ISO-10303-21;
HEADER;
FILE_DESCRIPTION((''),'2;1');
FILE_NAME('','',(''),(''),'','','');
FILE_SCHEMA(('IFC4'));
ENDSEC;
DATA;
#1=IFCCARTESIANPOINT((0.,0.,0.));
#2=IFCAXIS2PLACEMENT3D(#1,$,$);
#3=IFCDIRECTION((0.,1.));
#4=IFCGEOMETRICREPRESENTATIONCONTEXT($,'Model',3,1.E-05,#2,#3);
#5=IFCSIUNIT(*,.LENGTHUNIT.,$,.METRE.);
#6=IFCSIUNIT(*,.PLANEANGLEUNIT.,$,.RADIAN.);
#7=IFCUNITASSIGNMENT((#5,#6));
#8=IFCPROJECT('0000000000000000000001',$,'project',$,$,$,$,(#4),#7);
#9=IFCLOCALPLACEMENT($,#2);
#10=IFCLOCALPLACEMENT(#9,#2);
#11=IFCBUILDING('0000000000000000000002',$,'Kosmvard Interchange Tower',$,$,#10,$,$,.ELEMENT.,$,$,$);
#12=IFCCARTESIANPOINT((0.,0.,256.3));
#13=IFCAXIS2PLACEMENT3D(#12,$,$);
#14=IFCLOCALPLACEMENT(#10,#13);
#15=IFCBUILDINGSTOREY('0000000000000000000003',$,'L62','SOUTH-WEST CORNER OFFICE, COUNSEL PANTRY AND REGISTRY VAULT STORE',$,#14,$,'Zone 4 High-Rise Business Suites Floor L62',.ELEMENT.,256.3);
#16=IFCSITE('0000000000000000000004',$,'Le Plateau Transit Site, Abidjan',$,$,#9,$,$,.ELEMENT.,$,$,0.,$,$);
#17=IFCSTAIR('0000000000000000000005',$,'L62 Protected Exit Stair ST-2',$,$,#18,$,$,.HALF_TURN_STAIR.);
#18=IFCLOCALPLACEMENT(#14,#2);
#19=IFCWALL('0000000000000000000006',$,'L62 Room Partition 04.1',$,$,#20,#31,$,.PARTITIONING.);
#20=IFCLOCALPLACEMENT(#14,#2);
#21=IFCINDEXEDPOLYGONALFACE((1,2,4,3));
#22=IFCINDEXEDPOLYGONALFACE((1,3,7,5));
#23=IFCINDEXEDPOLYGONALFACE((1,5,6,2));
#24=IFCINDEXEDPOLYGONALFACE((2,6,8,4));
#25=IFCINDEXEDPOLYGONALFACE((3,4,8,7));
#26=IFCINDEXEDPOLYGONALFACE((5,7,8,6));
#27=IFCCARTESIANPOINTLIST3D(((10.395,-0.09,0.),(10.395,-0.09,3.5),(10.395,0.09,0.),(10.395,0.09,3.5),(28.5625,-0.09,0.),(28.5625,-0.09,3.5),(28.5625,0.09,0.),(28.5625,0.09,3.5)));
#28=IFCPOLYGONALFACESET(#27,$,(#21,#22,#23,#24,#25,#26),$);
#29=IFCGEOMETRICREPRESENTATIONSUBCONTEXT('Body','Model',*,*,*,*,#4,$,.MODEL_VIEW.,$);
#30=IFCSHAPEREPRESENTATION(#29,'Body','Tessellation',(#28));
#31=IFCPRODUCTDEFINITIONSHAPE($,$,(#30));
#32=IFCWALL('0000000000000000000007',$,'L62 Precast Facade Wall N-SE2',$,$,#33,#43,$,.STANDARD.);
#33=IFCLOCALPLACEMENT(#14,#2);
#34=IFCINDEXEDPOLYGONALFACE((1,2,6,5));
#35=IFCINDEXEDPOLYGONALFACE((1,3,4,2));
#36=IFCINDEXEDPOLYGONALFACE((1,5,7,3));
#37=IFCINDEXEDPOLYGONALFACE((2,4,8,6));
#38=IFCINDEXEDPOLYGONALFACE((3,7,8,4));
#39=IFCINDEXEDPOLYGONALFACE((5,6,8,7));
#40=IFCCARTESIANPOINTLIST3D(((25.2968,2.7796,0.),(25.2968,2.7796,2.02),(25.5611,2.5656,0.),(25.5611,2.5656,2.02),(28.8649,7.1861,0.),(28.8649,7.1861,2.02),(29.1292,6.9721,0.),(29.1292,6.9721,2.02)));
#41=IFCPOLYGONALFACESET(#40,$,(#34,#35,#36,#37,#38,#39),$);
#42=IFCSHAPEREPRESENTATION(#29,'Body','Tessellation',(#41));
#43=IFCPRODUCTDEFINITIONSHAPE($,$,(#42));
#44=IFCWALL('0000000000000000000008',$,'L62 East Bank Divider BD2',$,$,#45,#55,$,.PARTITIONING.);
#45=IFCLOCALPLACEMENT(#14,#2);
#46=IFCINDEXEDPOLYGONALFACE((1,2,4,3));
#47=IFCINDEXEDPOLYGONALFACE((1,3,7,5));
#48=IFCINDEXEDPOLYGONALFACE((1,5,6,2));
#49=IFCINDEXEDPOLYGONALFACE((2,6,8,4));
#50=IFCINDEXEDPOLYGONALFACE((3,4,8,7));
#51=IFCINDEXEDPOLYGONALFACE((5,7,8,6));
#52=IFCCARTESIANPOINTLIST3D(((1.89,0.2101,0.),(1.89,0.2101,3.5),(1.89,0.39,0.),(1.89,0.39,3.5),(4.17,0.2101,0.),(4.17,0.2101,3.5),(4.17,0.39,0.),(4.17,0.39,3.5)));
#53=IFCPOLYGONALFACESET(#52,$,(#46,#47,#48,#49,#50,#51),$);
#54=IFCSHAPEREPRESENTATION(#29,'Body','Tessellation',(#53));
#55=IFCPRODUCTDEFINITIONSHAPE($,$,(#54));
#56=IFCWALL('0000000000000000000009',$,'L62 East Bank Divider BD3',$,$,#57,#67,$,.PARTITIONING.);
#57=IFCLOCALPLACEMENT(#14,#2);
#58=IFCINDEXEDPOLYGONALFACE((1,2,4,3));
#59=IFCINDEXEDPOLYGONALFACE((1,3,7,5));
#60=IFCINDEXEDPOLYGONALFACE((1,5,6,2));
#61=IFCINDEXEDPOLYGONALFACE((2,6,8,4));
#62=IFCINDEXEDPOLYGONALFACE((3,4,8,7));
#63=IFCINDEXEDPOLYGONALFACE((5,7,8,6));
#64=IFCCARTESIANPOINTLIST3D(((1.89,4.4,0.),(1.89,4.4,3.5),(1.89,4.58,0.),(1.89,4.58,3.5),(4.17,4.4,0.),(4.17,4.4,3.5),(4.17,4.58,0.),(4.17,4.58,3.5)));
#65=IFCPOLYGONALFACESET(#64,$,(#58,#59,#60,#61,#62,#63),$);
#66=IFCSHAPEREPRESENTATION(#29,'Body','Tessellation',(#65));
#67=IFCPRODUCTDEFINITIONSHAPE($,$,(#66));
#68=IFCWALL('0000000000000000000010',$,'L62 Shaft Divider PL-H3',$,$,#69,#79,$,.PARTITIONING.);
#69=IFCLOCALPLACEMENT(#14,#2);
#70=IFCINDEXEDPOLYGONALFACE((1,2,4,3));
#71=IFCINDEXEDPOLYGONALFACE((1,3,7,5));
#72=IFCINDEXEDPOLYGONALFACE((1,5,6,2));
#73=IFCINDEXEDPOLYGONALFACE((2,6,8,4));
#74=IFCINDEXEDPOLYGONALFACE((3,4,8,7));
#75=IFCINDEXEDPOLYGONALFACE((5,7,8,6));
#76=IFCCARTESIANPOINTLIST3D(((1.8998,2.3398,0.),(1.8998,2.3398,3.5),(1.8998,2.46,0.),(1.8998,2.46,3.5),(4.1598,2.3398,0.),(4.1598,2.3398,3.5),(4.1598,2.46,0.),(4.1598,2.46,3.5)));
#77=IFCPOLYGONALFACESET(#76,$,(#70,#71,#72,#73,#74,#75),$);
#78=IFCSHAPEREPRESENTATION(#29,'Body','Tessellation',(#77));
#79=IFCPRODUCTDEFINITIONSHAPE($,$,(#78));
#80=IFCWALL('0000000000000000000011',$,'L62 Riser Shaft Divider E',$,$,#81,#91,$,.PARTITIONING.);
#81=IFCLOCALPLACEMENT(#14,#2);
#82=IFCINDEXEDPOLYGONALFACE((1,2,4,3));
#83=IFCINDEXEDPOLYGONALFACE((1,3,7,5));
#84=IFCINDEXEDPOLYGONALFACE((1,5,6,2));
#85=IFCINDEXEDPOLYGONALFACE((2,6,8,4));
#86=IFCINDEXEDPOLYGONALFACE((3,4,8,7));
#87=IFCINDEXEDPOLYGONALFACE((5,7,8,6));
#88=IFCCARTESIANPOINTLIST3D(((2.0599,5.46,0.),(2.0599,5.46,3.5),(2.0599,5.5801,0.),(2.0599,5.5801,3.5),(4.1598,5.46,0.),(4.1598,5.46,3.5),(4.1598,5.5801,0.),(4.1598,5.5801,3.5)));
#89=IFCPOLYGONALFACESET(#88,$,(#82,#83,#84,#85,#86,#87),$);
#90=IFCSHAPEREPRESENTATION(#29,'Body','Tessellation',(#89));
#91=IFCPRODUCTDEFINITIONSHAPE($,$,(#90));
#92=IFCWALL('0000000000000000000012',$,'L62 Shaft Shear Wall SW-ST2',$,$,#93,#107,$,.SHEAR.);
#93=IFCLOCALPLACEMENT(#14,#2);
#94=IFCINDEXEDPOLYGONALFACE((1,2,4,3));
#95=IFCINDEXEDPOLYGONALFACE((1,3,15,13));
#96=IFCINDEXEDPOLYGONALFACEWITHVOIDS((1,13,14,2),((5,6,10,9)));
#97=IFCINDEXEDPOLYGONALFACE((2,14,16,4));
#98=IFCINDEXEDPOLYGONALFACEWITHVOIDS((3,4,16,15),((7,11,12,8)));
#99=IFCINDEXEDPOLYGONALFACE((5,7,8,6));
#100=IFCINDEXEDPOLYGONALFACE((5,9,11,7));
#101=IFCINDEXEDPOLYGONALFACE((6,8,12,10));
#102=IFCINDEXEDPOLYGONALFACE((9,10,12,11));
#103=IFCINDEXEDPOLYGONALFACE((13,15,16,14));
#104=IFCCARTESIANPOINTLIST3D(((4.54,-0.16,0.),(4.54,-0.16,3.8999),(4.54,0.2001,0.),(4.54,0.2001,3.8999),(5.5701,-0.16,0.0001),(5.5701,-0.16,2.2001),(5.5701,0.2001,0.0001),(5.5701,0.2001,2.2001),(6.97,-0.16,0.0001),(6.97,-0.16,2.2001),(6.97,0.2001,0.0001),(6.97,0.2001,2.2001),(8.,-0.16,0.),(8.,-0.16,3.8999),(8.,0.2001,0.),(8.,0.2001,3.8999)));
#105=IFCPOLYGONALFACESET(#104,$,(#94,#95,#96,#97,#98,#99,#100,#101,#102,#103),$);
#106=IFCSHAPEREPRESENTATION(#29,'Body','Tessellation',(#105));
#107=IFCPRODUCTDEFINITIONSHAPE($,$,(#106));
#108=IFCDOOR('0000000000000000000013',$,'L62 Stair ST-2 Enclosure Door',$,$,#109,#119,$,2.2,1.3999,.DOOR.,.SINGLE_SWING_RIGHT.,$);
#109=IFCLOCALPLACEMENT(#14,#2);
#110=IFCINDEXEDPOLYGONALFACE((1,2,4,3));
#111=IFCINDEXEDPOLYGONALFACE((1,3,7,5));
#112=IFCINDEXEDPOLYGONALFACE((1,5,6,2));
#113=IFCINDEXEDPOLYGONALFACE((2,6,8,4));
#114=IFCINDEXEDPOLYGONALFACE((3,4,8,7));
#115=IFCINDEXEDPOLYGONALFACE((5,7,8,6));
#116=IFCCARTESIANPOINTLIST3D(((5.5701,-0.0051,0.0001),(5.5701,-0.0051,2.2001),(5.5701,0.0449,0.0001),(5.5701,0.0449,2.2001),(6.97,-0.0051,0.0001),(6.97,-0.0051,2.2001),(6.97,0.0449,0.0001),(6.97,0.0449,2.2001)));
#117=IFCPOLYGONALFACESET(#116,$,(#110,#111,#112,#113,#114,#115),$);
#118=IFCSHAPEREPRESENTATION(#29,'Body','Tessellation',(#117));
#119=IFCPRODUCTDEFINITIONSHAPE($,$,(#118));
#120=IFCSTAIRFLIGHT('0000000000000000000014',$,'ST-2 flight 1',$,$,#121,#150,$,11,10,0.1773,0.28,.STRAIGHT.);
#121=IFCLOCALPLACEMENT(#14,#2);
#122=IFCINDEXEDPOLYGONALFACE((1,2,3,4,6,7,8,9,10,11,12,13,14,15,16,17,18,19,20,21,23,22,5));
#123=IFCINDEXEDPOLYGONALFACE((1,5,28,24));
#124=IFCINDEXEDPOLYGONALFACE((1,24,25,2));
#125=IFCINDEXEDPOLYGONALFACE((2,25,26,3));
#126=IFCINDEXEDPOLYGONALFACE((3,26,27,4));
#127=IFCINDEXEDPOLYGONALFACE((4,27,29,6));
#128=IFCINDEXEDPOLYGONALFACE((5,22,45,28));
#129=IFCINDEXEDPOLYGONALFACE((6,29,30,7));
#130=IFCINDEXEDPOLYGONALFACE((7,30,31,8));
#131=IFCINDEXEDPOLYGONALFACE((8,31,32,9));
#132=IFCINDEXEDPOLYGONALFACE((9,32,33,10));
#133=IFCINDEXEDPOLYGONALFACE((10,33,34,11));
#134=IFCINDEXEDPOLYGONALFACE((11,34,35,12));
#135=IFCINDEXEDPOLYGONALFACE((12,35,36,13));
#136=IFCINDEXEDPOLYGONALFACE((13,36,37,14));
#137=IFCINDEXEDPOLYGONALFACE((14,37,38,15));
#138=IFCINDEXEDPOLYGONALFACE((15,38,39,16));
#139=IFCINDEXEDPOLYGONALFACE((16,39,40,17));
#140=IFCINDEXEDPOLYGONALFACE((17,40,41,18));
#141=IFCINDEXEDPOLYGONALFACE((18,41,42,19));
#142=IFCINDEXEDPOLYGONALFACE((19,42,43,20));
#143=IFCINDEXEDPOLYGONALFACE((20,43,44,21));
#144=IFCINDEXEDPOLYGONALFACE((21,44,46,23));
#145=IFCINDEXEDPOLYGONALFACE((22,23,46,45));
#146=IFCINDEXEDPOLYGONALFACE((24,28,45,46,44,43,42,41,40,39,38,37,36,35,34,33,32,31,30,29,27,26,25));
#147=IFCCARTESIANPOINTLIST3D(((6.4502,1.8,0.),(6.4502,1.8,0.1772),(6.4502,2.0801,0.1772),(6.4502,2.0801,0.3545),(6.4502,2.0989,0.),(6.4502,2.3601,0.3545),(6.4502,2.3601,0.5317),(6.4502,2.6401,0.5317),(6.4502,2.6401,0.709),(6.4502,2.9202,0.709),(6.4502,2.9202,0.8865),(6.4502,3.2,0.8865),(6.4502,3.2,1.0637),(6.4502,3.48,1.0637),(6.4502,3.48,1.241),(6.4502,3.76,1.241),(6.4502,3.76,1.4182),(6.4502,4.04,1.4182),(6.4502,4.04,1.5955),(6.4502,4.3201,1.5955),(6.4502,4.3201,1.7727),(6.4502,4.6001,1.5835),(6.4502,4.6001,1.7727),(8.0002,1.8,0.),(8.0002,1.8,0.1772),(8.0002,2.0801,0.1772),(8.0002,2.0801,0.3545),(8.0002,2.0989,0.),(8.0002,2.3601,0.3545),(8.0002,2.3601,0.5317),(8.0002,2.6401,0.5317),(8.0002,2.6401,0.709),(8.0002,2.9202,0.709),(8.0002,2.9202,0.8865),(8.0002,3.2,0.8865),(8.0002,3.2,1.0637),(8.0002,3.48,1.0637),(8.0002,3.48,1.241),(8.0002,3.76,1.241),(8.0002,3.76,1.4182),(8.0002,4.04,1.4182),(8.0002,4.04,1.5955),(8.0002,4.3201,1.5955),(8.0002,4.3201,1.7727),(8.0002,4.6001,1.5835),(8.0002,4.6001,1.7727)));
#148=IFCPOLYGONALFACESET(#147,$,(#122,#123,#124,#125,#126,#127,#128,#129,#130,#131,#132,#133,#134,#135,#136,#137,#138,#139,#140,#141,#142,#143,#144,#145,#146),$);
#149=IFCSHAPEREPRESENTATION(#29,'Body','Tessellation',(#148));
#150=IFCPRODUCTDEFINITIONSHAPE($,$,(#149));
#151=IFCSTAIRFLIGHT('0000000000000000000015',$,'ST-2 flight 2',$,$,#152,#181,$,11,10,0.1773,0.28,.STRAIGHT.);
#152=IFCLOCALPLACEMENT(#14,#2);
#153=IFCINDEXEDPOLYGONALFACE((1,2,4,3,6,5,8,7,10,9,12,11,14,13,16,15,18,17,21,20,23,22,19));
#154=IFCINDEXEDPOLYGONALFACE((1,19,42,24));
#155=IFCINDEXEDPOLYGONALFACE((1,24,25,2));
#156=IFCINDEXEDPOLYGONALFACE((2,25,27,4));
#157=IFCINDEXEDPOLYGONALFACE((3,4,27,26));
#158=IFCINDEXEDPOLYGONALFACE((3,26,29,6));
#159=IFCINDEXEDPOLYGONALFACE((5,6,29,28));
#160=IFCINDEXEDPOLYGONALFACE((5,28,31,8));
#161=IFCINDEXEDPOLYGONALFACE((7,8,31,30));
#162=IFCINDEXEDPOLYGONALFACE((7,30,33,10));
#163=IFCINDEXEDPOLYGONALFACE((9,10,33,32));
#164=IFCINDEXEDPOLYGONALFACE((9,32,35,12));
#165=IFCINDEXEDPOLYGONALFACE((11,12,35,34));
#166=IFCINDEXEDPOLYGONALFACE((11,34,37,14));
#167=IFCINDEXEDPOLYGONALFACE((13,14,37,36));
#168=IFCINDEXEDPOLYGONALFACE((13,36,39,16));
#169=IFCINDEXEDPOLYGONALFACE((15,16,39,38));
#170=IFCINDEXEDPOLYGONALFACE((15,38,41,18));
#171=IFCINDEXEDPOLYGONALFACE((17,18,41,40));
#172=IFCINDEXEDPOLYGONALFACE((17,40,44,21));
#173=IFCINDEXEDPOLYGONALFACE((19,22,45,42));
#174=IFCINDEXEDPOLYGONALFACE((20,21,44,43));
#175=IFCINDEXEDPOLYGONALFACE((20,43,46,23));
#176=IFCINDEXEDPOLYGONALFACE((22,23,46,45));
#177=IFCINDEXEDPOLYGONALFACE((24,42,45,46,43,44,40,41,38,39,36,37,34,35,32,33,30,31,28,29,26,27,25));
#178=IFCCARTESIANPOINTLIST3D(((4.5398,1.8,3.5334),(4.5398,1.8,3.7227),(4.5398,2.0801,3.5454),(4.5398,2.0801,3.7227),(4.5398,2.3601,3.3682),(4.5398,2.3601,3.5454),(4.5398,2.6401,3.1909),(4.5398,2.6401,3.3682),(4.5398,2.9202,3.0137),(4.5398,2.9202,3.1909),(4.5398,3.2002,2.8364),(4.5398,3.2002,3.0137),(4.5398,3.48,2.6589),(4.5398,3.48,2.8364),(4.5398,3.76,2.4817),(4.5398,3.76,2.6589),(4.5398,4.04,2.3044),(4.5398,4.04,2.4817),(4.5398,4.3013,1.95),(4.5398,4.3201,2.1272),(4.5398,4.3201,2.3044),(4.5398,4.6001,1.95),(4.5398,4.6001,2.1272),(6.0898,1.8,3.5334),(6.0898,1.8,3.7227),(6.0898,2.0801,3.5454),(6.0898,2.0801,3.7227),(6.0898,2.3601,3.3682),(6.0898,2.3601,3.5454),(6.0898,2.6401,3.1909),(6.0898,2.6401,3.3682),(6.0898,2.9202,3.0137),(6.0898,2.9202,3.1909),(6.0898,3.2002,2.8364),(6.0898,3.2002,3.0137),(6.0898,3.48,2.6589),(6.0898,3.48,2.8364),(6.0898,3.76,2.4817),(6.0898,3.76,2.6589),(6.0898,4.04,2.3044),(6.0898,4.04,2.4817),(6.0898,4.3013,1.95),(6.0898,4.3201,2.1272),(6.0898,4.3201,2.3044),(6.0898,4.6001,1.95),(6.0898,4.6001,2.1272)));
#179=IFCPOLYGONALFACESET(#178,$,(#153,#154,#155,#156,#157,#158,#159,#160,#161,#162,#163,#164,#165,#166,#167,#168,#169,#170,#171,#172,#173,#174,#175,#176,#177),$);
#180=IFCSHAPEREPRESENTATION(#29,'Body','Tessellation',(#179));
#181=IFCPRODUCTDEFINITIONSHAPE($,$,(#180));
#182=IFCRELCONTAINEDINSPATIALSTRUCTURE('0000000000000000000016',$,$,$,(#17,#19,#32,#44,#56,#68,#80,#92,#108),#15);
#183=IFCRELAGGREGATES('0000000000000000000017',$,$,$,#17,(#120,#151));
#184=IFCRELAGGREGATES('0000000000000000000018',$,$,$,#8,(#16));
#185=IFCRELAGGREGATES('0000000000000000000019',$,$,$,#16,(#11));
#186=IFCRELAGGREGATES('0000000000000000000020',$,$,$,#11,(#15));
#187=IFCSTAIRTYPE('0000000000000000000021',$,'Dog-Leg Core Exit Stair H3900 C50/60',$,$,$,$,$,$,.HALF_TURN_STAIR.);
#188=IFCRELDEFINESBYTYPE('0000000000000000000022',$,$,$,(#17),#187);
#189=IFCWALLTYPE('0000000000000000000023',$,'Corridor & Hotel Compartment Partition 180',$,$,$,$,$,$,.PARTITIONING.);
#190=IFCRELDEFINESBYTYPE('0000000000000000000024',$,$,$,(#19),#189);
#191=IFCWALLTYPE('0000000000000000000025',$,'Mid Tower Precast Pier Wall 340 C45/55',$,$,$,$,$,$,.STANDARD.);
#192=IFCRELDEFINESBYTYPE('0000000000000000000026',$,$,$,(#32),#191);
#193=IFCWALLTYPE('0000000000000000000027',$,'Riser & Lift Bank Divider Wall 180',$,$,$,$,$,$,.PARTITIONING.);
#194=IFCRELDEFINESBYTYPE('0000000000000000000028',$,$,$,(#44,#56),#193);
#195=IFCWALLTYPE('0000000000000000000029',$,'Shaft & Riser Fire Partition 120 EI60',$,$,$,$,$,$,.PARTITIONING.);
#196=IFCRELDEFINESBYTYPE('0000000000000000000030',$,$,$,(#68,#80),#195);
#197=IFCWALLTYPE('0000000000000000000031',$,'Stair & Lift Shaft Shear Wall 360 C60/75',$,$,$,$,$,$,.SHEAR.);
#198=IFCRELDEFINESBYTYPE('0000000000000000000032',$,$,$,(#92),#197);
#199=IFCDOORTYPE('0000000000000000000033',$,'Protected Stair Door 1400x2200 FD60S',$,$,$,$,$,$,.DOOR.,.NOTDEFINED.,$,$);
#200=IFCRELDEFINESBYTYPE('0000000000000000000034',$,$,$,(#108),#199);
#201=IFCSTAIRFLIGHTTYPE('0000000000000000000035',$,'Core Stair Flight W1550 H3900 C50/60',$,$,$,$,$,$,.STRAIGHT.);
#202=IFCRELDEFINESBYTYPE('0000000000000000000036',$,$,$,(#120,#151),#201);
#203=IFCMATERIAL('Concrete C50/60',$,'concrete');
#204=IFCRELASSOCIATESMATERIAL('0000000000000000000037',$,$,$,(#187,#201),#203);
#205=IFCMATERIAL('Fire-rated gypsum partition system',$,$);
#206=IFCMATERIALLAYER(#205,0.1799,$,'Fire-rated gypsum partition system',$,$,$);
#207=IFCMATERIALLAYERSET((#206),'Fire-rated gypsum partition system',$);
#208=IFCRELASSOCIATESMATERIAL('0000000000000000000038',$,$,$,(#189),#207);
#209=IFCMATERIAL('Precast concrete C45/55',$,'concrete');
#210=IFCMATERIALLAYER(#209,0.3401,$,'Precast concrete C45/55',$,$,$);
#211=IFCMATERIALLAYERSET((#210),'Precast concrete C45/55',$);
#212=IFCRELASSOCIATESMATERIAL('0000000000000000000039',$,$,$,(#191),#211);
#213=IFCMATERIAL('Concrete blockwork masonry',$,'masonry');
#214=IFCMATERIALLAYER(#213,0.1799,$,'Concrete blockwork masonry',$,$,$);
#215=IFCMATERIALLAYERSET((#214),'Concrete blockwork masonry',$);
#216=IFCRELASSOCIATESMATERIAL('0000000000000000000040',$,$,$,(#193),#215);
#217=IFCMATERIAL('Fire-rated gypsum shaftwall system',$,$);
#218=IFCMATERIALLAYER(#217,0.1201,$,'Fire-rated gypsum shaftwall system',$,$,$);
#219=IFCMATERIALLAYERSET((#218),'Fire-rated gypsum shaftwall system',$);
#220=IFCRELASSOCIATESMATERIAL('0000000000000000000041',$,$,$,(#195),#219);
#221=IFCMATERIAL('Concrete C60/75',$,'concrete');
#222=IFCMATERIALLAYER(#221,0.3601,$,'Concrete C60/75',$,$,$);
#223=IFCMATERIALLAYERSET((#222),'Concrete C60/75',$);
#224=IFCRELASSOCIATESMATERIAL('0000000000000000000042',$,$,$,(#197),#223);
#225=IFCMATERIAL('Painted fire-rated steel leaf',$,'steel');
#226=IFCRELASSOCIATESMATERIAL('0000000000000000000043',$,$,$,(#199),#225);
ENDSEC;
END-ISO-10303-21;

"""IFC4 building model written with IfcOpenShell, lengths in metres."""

from ifc_helpers import new_model, si_unit, direction, frame, frame_2d, origin, place, context, subcontext, project, spatial, polyline, rectangle, outline, extrude, source, transform, mapped, material, layer, layer_set, type_object, element, fill, aggregate, save


model = new_model("IFC4")

# Units and contexts
model_context = context("Model", 3, precision=1e-05, world=origin(), true_north=direction((0.0, 1.0)))
body_context = subcontext(model_context, "Body", "Model", "MODEL_VIEW")
ifc_project = project(units=[si_unit("LENGTHUNIT", "METRE"), si_unit("PLANEANGLEUNIT", "RADIAN")], contexts=[model_context])

# Site, building, storey
site_placement = place(None, origin())
site = spatial("IfcSite", under=ifc_project, at=site_placement, Name="Le Plateau Transit Site, Abidjan", CompositionType="ELEMENT", RefElevation=0.0)
building_placement = place(site_placement, origin())
building = spatial("IfcBuilding", under=site, at=building_placement, Name="Kosmvard Interchange Tower", CompositionType="ELEMENT")
storey_placement = place(building_placement, frame((0.0, 0.0, 256.3)))
storey = spatial("IfcBuildingStorey", under=building, at=storey_placement, Name="L62", Description="SOUTH-WEST CORNER OFFICE, COUNSEL PANTRY AND REGISTRY VAULT STORE", LongName="Zone 4 High-Rise Business Suites Floor L62", CompositionType="ELEMENT", Elevation=256.3)

# Shared definitions
ifc_material_1 = material(Name="Concrete C50/60", Category="concrete")

# Stair
stair_type = type_object("IfcStairType", Name="Dog-Leg Core Exit Stair H3900 C50/60", PredefinedType="HALF_TURN_STAIR", material=ifc_material_1)
stair_1_placement = place(storey_placement, origin())
stair_1 = element("IfcStair", 1, at=stair_1_placement, inside=storey, type_object=stair_type, Name="L62 Protected Exit Stair ST-2", PredefinedType="HALF_TURN_STAIR")

# Walls
ifc_material_2 = material(Name="Fire-rated gypsum partition system")
ifc_layer_1 = layer(ifc_material_2, 0.1799, Name="Fire-rated gypsum partition system")
ifc_layer_set_1 = layer_set([ifc_layer_1], Name="Fire-rated gypsum partition system")
wall_type_1 = type_object("IfcWallType", Name="Corridor & Hotel Compartment Partition 180", PredefinedType="PARTITIONING", material=ifc_layer_set_1)
wall_1_placement = place(storey_placement, frame((10.395, 0.0, 0.0), z_axis=(0.0, 0.0, 1.0), x_axis=(1.0, 0.0, 0.0)))
element("IfcWall", 2, at=wall_1_placement, inside=storey, type_object=wall_type_1, Name="L62 Room Partition 04.1", PredefinedType="PARTITIONING", context=body_context, shape_type="SweptSolid", body=[
    extrude(rectangle(XDim=18.1675, YDim=0.1799, at=frame_2d((9.0837, 0.0))), origin(), (0.0, 0.0, 1.0), 3.5),
])
ifc_material_3 = material(Name="Precast concrete C45/55", Category="concrete")
ifc_layer_2 = layer(ifc_material_3, 0.3401, Name="Precast concrete C45/55")
ifc_layer_set_2 = layer_set([ifc_layer_2], Name="Precast concrete C45/55")
wall_type_2 = type_object("IfcWallType", Name="Mid Tower Precast Pier Wall 340 C45/55", PredefinedType="STANDARD", material=ifc_layer_set_2)
wall_2_placement = place(storey_placement, frame((25.429, 2.6726, 0.0), z_axis=(0.0, 0.0, 1.0), x_axis=(0.6293, 0.777163, 0.0)))
element("IfcWall", 3, at=wall_2_placement, inside=storey, type_object=wall_type_2, Name="L62 Precast Facade Wall N-SE2", PredefinedType="STANDARD", context=body_context, shape_type="SweptSolid", body=[
    extrude(rectangle(XDim=5.6699, YDim=0.3401, at=frame_2d((2.835, 0.0))), origin(), (0.0, 0.0, 1.0), 2.02),
])

# Walls
ifc_material_4 = material(Name="Concrete blockwork masonry", Category="masonry")
ifc_layer_3 = layer(ifc_material_4, 0.1799, Name="Concrete blockwork masonry")
ifc_layer_set_3 = layer_set([ifc_layer_3], Name="Concrete blockwork masonry")
wall_type_3 = type_object("IfcWallType", Name="Riser & Lift Bank Divider Wall 180", PredefinedType="PARTITIONING", material=ifc_layer_set_3)
for number, where, z_axis, x_axis, name in (
    (4, (1.8899, 0.3, 0.0), (0.0, 0.0, 1.0), (1.0, 0.0, 0.0), "L62 East Bank Divider BD2"),
    (5, (1.8899, 4.49, 0.0), (0.0, 0.0, 1.0), (1.0, 0.0, 0.0), "L62 East Bank Divider BD3"),
):
    element("IfcWall", number, at=place(storey_placement, frame(where, z_axis=z_axis, x_axis=x_axis)), inside=storey, type_object=wall_type_3, Name=name, PredefinedType="PARTITIONING", context=body_context, shape_type="SweptSolid", body=[
        extrude(rectangle(XDim=2.28, YDim=0.1799, at=frame_2d((1.1401, 0.0))), origin(), (0.0, 0.0, 1.0), 3.5),
    ])
ifc_material_5 = material(Name="Fire-rated gypsum shaftwall system")
ifc_layer_4 = layer(ifc_material_5, 0.1201, Name="Fire-rated gypsum shaftwall system")
ifc_layer_set_4 = layer_set([ifc_layer_4], Name="Fire-rated gypsum shaftwall system")
wall_type_4 = type_object("IfcWallType", Name="Shaft & Riser Fire Partition 120 EI60", PredefinedType="PARTITIONING", material=ifc_layer_set_4)
wall_3_placement = place(storey_placement, frame((1.8999, 2.3999, 0.0), z_axis=(0.0, 0.0, 1.0), x_axis=(1.0, 0.0, 0.0)))
element("IfcWall", 6, at=wall_3_placement, inside=storey, type_object=wall_type_4, Name="L62 Shaft Divider PL-H3", PredefinedType="PARTITIONING", context=body_context, shape_type="SweptSolid", body=[
    extrude(rectangle(XDim=2.26, YDim=0.1201, at=frame_2d((1.1299, 0.0))), origin(), (0.0, 0.0, 1.0), 3.5),
])
wall_4_placement = place(storey_placement, frame((2.0601, 5.52, 0.0), z_axis=(0.0, 0.0, 1.0), x_axis=(1.0, 0.0, 0.0)))
element("IfcWall", 7, at=wall_4_placement, inside=storey, type_object=wall_type_4, Name="L62 Riser Shaft Divider E", PredefinedType="PARTITIONING", context=body_context, shape_type="SweptSolid", body=[
    extrude(rectangle(XDim=2.0999, YDim=0.1201, at=frame_2d((1.0498, 0.0))), origin(), (0.0, 0.0, 1.0), 3.5),
])

# Wall, opening, door
ifc_material_6 = material(Name="Concrete C60/75", Category="concrete")
ifc_layer_5 = layer(ifc_material_6, 0.3601, Name="Concrete C60/75")
ifc_layer_set_5 = layer_set([ifc_layer_5], Name="Concrete C60/75")
wall_type_5 = type_object("IfcWallType", Name="Stair & Lift Shaft Shear Wall 360 C60/75", PredefinedType="SHEAR", material=ifc_layer_set_5)
wall_5_placement = place(storey_placement, frame((4.54, 0.02, 0.0), z_axis=(0.0, 0.0, 1.0), x_axis=(1.0, 0.0, 0.0)))
wall_5 = element("IfcWall", 8, at=wall_5_placement, inside=storey, type_object=wall_type_5, Name="L62 Shaft Shear Wall SW-ST2", PredefinedType="SHEAR", context=body_context, shape_type="SweptSolid", body=[
    extrude(rectangle(XDim=3.46, YDim=0.3601, at=frame_2d((1.73, 0.0))), origin(), (0.0, 0.0, 1.0), 3.8999),
])
opening_1_placement = place(wall_5_placement, frame((1.03, 0.0, 0.0)))
opening_1 = element("IfcOpeningElement", 9, at=opening_1_placement, cuts=wall_5, PredefinedType="OPENING", context=body_context, shape_type="SweptSolid", body=[
    extrude(rectangle(XDim=1.3999, YDim=2.2, at=frame_2d((0.7, 1.1001))), frame((0.0, 0.1899, 0.0), z_axis=(0.0, -1.0, 0.0), x_axis=(1.0, 0.0, 0.0)), (0.0, 0.0, 1.0), 0.3801),
])
ifc_material_7 = material(Name="Painted fire-rated steel leaf", Category="steel")
door_type = type_object("IfcDoorType", Name="Protected Stair Door 1400x2200 FD60S", OperationType="NOTDEFINED", PredefinedType="DOOR", material=ifc_material_7)
shared_shape_1 = source(origin(), body_context, "Body", "SweptSolid", [
    extrude(rectangle(XDim=1.3999, YDim=2.2, at=frame_2d((0.7, 1.1001))), frame((0.0, 0.0249, 0.0), z_axis=(0.0, -1.0, 0.0), x_axis=(1.0, 0.0, 0.0)), (0.0, 0.0, 1.0), 0.05),
])
door_placement = place(opening_1_placement, origin())
door = element("IfcDoor", 10, at=door_placement, inside=storey, type_object=door_type, Name="L62 Stair ST-2 Enclosure Door", OperationType="SINGLE_SWING_RIGHT", OverallHeight=2.2, OverallWidth=1.3999, PredefinedType="DOOR", context=body_context, shape_type="MappedRepresentation", body=[
    mapped(shared_shape_1, transform((0.0, 0.0, 0.0), scale=1.0)),
])
fill(opening_1, door)

# Stair flights
stair_flight_type = type_object("IfcStairFlightType", Name="Core Stair Flight W1550 H3900 C50/60", PredefinedType="STRAIGHT", material=ifc_material_1)
shared_shape_2 = source(origin(), body_context, "Body", "SweptSolid", [
    extrude(outline(polyline([(0.0, 0.0), (0.0, 0.1772), (0.28, 0.1772), (0.28, 0.3545), (0.5601, 0.3545), (0.5601, 0.5317), (0.8401, 0.5317), (0.8401, 0.709), (1.1201, 0.709), (1.1201, 0.8865), (1.3999, 0.8865), (1.3999, 1.0637), (1.6799, 1.0637), (1.6799, 1.241), (1.96, 1.241), (1.96, 1.4182), (2.24, 1.4182), (2.24, 1.5955), (2.52, 1.5955), (2.52, 1.7727), (2.8, 1.7727), (2.8, 1.95), (2.8, 1.5835), (0.2988, 0.0), (0.0, 0.0)])), frame((0.0, 0.7749, 0.0), z_axis=(0.0, -1.0, 0.0), x_axis=(1.0, 0.0, 0.0)), (0.0, 0.0, 1.0), 1.55),
])
stair_flight_1_placement = place(storey_placement, frame((7.2251, 1.8, 0.0), z_axis=(0.0, 0.0, 1.0), x_axis=(0.0, 1.0, 0.0)))
stair_flight_1 = element("IfcStairFlight", 11, at=stair_flight_1_placement, type_object=stair_flight_type, Name="ST-2 flight 1", NumberOfRisers=11, NumberOfTreads=10, PredefinedType="STRAIGHT", RiserHeight=0.1773, TreadLength=0.28, context=body_context, shape_type="MappedRepresentation", body=[
    mapped(shared_shape_2, transform((0.0, 0.0, 0.0), scale=1.0)),
])
stair_flight_2_placement = place(storey_placement, frame((5.3149, 4.6001, 1.95), z_axis=(0.0, 0.0, 1.0), x_axis=(0.0, -1.0, 0.0)))
stair_flight_2 = element("IfcStairFlight", 12, at=stair_flight_2_placement, type_object=stair_flight_type, Name="ST-2 flight 2", NumberOfRisers=11, NumberOfTreads=10, PredefinedType="STRAIGHT", RiserHeight=0.1773, TreadLength=0.28, context=body_context, shape_type="MappedRepresentation", body=[
    mapped(shared_shape_2, transform((0.0, 0.0, 0.0), scale=1.0)),
])
aggregate(stair_1, [stair_flight_1, stair_flight_2])

save(model, "model.ifc")
